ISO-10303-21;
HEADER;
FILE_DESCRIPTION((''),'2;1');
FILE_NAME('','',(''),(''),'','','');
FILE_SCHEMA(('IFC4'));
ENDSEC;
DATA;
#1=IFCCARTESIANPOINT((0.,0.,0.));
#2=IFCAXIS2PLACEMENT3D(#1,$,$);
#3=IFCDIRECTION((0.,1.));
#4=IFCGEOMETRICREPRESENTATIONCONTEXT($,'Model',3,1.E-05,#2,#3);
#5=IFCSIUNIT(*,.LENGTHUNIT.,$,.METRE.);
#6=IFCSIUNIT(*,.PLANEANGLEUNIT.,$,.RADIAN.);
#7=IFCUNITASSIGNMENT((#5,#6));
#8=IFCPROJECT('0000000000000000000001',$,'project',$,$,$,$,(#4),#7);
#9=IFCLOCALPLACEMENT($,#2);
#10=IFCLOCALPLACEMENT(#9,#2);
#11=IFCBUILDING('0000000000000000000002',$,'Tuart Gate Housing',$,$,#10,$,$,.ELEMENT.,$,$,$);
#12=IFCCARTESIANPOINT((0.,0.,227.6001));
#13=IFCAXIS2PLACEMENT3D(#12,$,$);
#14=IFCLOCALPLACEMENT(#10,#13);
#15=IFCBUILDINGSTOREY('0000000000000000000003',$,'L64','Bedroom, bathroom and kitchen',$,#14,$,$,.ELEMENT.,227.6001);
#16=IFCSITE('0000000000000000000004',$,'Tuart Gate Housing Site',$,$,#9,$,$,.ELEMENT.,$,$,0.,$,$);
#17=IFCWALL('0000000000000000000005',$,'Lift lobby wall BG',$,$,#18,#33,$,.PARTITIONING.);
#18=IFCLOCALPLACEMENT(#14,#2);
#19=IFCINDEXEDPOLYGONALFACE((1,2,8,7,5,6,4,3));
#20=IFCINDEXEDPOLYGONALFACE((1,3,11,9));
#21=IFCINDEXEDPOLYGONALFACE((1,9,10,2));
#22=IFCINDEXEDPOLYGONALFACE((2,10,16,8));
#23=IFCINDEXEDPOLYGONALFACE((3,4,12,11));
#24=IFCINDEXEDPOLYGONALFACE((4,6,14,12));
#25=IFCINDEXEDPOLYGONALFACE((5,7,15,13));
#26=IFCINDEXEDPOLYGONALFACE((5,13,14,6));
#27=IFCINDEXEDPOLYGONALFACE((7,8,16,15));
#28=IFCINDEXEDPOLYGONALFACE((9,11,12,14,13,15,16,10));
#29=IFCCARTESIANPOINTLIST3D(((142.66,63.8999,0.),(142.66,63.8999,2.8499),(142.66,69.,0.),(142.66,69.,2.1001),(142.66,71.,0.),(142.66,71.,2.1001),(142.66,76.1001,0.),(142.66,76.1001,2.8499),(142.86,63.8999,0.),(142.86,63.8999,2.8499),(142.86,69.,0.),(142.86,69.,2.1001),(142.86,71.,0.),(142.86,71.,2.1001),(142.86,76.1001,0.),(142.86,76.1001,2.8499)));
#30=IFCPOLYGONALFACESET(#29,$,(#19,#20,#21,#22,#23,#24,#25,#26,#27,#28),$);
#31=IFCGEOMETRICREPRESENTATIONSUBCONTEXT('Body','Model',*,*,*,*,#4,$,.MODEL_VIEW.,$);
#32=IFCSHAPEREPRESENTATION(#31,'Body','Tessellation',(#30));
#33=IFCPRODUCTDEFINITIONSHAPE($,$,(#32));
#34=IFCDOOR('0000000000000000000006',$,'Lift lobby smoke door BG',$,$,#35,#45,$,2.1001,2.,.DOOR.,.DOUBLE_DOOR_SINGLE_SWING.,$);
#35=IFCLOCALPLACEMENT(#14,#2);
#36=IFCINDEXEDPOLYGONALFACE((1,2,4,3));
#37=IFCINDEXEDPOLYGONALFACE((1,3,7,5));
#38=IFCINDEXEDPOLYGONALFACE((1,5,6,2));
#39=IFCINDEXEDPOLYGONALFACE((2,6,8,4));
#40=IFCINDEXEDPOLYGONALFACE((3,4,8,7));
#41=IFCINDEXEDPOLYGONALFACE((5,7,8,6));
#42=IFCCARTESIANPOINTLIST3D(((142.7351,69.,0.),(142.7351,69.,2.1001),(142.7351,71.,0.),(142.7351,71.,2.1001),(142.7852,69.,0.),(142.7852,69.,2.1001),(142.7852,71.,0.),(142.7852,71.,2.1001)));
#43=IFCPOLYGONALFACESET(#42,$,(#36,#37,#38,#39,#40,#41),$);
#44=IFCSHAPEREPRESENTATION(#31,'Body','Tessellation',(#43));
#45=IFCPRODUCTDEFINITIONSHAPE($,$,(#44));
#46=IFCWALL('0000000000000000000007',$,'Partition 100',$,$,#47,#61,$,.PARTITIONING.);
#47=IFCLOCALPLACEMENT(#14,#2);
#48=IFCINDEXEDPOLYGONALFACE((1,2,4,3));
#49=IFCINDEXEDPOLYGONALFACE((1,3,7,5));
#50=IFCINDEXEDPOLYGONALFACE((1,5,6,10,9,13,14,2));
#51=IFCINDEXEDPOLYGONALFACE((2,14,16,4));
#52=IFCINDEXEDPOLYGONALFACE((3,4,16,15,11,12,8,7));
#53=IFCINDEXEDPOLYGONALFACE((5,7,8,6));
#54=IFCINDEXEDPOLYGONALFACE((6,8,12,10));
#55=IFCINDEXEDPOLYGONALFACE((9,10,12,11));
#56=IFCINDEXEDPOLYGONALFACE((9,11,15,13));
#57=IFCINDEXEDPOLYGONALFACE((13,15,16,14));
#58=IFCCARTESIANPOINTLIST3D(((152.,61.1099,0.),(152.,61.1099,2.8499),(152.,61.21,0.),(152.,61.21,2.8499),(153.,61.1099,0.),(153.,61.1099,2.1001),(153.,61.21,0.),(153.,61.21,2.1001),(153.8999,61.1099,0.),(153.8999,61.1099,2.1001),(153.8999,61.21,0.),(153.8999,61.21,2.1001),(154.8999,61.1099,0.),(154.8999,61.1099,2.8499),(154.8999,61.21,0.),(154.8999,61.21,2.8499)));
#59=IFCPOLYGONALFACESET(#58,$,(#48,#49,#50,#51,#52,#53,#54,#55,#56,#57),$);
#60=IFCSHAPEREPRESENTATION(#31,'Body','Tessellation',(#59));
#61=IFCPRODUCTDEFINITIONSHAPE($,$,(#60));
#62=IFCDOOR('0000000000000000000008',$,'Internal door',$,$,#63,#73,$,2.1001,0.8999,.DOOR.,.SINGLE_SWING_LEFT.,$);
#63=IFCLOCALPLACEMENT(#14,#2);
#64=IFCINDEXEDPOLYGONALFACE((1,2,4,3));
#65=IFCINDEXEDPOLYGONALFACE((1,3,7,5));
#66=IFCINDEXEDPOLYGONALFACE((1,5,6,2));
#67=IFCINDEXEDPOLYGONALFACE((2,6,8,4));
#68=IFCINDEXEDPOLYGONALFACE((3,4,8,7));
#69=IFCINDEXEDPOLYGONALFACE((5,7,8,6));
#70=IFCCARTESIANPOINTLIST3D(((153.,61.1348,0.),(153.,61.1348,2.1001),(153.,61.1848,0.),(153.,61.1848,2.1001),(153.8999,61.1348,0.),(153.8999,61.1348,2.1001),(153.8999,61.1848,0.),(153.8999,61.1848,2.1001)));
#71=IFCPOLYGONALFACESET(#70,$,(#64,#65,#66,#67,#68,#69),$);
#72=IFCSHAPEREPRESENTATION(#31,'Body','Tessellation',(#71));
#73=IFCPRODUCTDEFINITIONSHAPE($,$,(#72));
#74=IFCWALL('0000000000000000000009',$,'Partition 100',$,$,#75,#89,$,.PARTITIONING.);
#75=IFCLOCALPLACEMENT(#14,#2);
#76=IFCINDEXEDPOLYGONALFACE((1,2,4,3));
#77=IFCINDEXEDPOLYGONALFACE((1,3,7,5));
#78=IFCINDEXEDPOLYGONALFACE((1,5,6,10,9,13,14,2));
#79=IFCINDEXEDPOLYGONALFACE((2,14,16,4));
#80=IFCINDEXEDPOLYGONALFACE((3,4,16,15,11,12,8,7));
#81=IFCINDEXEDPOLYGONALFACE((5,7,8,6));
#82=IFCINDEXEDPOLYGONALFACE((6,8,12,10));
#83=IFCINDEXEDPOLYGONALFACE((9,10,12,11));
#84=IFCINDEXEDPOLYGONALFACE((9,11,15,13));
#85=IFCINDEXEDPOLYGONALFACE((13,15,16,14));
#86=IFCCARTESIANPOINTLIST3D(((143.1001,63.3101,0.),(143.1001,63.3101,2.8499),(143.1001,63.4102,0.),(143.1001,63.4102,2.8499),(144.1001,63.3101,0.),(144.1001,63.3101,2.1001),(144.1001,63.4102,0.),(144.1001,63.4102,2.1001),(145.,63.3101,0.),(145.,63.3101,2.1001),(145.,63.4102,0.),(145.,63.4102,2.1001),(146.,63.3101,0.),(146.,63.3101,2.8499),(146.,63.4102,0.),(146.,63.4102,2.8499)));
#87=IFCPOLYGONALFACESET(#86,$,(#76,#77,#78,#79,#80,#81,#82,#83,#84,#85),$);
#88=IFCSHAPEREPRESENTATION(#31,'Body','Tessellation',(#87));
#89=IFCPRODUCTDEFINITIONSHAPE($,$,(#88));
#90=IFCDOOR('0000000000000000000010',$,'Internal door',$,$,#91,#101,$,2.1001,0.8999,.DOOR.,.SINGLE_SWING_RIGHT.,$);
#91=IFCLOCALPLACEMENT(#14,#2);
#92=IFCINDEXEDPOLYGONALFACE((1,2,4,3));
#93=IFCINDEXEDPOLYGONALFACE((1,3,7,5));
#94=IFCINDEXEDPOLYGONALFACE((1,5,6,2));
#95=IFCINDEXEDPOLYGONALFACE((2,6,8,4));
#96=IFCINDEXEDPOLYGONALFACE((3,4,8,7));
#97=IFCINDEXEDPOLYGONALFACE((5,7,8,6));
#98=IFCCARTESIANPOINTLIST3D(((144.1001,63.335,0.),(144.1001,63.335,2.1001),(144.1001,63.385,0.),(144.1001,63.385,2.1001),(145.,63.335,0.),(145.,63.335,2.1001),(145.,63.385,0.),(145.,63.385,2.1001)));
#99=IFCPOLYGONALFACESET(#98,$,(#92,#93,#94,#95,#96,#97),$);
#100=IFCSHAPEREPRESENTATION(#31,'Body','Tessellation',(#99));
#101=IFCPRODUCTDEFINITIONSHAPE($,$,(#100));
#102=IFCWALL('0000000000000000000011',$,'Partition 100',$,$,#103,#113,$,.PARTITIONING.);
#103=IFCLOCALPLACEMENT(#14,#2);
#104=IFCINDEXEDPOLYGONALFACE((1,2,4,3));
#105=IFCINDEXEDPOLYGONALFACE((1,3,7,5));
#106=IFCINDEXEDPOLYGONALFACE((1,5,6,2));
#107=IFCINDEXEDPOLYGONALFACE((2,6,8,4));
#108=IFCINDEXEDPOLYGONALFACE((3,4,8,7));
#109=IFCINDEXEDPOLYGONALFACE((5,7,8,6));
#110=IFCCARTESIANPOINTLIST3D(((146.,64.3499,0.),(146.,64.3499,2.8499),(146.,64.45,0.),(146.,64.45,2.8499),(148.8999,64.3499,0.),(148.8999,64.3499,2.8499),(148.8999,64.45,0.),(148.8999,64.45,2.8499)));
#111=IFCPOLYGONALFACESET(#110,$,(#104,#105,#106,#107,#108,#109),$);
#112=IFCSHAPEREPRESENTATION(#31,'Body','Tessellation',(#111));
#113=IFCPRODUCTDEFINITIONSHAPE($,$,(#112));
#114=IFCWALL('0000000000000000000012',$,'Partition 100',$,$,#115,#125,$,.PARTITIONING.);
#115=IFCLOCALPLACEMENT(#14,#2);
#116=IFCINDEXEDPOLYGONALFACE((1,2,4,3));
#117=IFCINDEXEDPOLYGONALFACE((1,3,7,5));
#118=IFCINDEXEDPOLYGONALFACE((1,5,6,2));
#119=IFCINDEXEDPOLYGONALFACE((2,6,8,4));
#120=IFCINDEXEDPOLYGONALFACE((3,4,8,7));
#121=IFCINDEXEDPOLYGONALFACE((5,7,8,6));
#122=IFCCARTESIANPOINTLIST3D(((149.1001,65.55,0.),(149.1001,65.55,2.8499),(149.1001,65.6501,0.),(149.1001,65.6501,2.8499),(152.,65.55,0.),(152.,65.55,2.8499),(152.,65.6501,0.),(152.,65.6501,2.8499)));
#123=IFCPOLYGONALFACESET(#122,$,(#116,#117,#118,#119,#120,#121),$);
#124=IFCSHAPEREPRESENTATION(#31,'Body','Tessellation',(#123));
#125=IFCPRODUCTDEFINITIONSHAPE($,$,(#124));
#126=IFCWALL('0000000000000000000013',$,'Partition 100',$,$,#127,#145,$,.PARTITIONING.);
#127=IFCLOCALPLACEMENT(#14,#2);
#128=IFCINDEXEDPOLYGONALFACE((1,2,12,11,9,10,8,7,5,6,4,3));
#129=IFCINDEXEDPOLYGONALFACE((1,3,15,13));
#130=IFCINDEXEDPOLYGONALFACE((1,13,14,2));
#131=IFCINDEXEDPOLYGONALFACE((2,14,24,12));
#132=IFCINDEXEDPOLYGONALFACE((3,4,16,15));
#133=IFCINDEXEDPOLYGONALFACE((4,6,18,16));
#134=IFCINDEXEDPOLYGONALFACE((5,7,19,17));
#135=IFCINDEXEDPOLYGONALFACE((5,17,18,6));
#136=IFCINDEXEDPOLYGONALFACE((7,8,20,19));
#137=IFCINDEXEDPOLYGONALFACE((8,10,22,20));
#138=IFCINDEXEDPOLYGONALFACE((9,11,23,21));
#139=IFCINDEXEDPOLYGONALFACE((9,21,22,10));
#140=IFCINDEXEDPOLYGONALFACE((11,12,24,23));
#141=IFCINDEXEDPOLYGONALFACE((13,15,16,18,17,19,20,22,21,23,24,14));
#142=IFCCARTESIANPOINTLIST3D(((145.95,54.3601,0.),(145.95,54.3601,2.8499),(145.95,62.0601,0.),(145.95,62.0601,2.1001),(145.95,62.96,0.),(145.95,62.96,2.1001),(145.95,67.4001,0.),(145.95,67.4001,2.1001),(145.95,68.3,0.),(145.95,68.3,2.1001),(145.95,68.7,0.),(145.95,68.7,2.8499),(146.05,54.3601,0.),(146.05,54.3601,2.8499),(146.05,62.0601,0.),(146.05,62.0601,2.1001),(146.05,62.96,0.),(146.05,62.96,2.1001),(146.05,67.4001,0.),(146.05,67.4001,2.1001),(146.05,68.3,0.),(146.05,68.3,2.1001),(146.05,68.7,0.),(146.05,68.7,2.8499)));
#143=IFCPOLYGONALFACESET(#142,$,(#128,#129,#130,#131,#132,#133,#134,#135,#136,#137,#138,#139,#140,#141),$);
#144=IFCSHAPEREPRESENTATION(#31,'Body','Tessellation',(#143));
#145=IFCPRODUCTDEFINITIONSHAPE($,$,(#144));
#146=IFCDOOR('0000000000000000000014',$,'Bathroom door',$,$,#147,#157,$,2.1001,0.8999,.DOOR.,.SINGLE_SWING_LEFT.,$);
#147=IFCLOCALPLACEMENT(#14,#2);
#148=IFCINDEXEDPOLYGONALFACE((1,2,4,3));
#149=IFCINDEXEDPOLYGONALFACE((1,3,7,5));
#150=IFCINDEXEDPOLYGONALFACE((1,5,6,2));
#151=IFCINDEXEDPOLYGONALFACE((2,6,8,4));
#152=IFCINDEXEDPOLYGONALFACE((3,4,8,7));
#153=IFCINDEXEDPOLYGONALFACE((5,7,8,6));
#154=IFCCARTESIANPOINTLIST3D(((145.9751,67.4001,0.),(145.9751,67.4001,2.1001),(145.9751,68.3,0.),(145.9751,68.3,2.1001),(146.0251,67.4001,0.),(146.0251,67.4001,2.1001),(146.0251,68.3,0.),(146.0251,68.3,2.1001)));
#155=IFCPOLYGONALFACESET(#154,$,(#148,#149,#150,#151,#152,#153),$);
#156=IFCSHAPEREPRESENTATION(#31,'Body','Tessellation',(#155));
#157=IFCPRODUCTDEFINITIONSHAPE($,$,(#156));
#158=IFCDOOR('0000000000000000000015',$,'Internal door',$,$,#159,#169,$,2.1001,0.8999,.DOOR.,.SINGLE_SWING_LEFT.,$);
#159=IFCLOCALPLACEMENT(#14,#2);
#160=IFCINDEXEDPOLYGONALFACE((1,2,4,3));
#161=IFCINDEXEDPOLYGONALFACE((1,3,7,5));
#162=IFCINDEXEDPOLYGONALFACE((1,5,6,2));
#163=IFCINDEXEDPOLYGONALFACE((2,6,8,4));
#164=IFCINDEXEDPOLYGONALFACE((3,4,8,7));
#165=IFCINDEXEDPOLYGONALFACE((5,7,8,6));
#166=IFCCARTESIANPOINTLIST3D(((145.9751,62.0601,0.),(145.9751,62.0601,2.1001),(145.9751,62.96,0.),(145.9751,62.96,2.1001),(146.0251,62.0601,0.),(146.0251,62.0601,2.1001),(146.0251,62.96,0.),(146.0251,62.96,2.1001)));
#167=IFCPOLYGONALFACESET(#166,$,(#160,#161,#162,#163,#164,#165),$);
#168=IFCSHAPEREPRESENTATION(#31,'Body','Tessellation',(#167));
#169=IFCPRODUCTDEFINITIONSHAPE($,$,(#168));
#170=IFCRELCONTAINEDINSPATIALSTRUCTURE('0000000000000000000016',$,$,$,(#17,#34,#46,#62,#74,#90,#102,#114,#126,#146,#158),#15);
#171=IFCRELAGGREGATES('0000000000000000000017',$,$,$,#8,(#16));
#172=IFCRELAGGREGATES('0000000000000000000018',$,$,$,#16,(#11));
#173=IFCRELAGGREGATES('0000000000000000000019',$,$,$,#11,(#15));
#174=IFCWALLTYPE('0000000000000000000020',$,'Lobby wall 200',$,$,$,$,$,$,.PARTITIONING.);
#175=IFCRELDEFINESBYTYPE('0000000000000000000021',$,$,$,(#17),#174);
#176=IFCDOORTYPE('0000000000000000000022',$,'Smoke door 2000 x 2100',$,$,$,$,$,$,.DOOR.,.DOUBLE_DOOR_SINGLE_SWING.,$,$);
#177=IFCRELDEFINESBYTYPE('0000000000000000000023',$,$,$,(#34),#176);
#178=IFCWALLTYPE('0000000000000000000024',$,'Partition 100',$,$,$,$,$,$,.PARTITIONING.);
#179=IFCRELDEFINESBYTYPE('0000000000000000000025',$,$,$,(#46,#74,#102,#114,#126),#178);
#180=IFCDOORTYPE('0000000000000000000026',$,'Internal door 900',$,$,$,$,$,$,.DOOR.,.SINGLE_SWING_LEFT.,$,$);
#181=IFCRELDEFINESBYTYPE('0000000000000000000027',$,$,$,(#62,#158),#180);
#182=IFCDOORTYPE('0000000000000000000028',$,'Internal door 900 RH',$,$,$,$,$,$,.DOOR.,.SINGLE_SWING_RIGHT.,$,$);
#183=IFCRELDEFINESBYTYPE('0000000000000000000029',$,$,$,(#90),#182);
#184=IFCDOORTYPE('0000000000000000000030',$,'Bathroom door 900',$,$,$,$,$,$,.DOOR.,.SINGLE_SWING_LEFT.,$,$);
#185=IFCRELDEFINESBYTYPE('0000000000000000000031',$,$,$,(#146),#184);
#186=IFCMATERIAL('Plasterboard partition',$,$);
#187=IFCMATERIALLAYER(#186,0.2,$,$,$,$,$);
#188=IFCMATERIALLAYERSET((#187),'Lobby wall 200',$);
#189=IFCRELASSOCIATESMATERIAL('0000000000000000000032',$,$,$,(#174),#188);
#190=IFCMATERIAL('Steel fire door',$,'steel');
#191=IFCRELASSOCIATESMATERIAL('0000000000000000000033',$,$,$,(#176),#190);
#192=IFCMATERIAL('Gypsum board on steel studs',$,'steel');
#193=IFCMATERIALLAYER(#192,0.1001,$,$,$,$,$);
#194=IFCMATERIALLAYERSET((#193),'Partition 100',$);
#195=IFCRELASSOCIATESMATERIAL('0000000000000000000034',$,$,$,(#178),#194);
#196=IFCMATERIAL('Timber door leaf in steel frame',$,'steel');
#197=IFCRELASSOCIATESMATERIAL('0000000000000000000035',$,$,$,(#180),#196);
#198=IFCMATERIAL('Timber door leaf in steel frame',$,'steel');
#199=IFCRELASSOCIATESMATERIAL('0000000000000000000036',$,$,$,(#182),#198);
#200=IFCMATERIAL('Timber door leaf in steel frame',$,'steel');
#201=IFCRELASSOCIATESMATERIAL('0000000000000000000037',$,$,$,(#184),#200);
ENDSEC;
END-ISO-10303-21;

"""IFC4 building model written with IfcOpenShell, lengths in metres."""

from ifc_helpers import new_model, si_unit, direction, frame, frame_2d, origin, place, context, subcontext, project, spatial, rectangle, extrude, material, layer, layer_set, type_object, element, fill, save


model = new_model("IFC4")

# Units and contexts
model_context = context("Model", 3, precision=1e-05, world=origin(), true_north=direction((0.0, 1.0)))
body_context = subcontext(model_context, "Body", "Model", "MODEL_VIEW")
ifc_project = project(units=[si_unit("LENGTHUNIT", "METRE"), si_unit("PLANEANGLEUNIT", "RADIAN")], contexts=[model_context])

# Site, building, storey
site_placement = place(None, origin())
site = spatial("IfcSite", under=ifc_project, at=site_placement, Name="Tuart Gate Housing Site", CompositionType="ELEMENT", RefElevation=0.0)
building_placement = place(site_placement, origin())
building = spatial("IfcBuilding", under=site, at=building_placement, Name="Tuart Gate Housing", CompositionType="ELEMENT")
storey_placement = place(building_placement, frame((0.0, 0.0, 227.6001)))
storey = spatial("IfcBuildingStorey", under=building, at=storey_placement, Name="L64", Description="Bedroom, bathroom and kitchen", CompositionType="ELEMENT", Elevation=227.6001)

# Walls, openings, doors
ifc_material_1 = material(Name="Plasterboard partition")
ifc_layer_1 = layer(ifc_material_1, 0.2)
ifc_layer_set_1 = layer_set([ifc_layer_1], Name="Lobby wall 200")
wall_type_1 = type_object("IfcWallType", Name="Lobby wall 200", PredefinedType="PARTITIONING", material=ifc_layer_set_1)
wall_1_placement = place(storey_placement, frame((142.76, 63.8999, 0.0), z_axis=(0.0, 0.0, 1.0), x_axis=(0.0, 1.0, 0.0)))
wall_1 = element("IfcWall", 1, at=wall_1_placement, inside=storey, type_object=wall_type_1, Name="Lift lobby wall BG", PredefinedType="PARTITIONING", context=body_context, shape_type="SweptSolid", body=[
    extrude(rectangle(XDim=12.2002, YDim=0.2, at=frame_2d((6.1001, 0.0))), origin(), (0.0, 0.0, 1.0), 2.8499),
])
opening_1_placement = place(wall_1_placement, frame((5.1001, 0.0, 0.0)))
opening_1 = element("IfcOpeningElement", 2, at=opening_1_placement, cuts=wall_1, PredefinedType="OPENING", context=body_context, shape_type="SweptSolid", body=[
    extrude(rectangle(XDim=2.0, YDim=2.1001, at=frame_2d((1.0, 1.05))), frame((0.0, 0.1099, 0.0), z_axis=(0.0, -1.0, 0.0), x_axis=(1.0, 0.0, 0.0)), (0.0, 0.0, 1.0), 0.22),
])
ifc_material_2 = material(Name="Steel fire door", Category="steel")
door_type_1 = type_object("IfcDoorType", Name="Smoke door 2000 x 2100", OperationType="DOUBLE_DOOR_SINGLE_SWING", PredefinedType="DOOR", material=ifc_material_2)
door_1_placement = place(opening_1_placement, origin())
door_1 = element("IfcDoor", 3, at=door_1_placement, inside=storey, type_object=door_type_1, Name="Lift lobby smoke door BG", OperationType="DOUBLE_DOOR_SINGLE_SWING", OverallHeight=2.1001, OverallWidth=2.0, PredefinedType="DOOR", context=body_context, shape_type="SweptSolid", body=[
    extrude(rectangle(XDim=2.0, YDim=2.1001, at=frame_2d((1.0, 1.05))), frame((0.0, 0.0249, 0.0), z_axis=(0.0, -1.0, 0.0), x_axis=(1.0, 0.0, 0.0)), (0.0, 0.0, 1.0), 0.05),
])
fill(opening_1, door_1)
ifc_material_3 = material(Name="Gypsum board on steel studs", Category="steel")
ifc_layer_2 = layer(ifc_material_3, 0.1001)
ifc_layer_set_2 = layer_set([ifc_layer_2], Name="Partition 100")
wall_type_2 = type_object("IfcWallType", Name="Partition 100", PredefinedType="PARTITIONING", material=ifc_layer_set_2)
wall_2_placement = place(storey_placement, frame((152.0, 61.1599, 0.0), z_axis=(0.0, 0.0, 1.0), x_axis=(1.0, 0.0, 0.0)))
wall_2 = element("IfcWall", 4, at=wall_2_placement, inside=storey, type_object=wall_type_2, Name="Partition 100", PredefinedType="PARTITIONING", context=body_context, shape_type="SweptSolid", body=[
    extrude(rectangle(XDim=2.8999, YDim=0.1001, at=frame_2d((1.45, 0.0))), origin(), (0.0, 0.0, 1.0), 2.8499),
])
opening_2_placement = place(wall_2_placement, frame((1.0, 0.0, 0.0)))
opening_2 = element("IfcOpeningElement", 5, at=opening_2_placement, cuts=wall_2, PredefinedType="OPENING", context=body_context, shape_type="SweptSolid", body=[
    extrude(rectangle(XDim=0.8999, YDim=2.1001, at=frame_2d((0.45, 1.05))), frame((0.0, 0.0601, 0.0), z_axis=(0.0, -1.0, 0.0), x_axis=(1.0, 0.0, 0.0)), (0.0, 0.0, 1.0), 0.1201),
])
ifc_material_4 = material(Name="Timber door leaf in steel frame", Category="steel")
door_type_2 = type_object("IfcDoorType", Name="Internal door 900", OperationType="SINGLE_SWING_LEFT", PredefinedType="DOOR", material=ifc_material_4)
door_2_placement = place(opening_2_placement, origin())
door_2 = element("IfcDoor", 6, at=door_2_placement, inside=storey, type_object=door_type_2, Name="Internal door", OperationType="SINGLE_SWING_LEFT", OverallHeight=2.1001, OverallWidth=0.8999, PredefinedType="DOOR", context=body_context, shape_type="SweptSolid", body=[
    extrude(rectangle(XDim=0.8999, YDim=2.1001, at=frame_2d((0.45, 1.05))), frame((0.0, 0.0249, 0.0), z_axis=(0.0, -1.0, 0.0), x_axis=(1.0, 0.0, 0.0)), (0.0, 0.0, 1.0), 0.05),
])
fill(opening_2, door_2)
wall_3_placement = place(storey_placement, frame((143.1001, 63.3601, 0.0), z_axis=(0.0, 0.0, 1.0), x_axis=(1.0, 0.0, 0.0)))
wall_3 = element("IfcWall", 7, at=wall_3_placement, inside=storey, type_object=wall_type_2, Name="Partition 100", PredefinedType="PARTITIONING", context=body_context, shape_type="SweptSolid", body=[
    extrude(rectangle(XDim=2.8999, YDim=0.1001, at=frame_2d((1.45, 0.0))), origin(), (0.0, 0.0, 1.0), 2.8499),
])
opening_3_placement = place(wall_3_placement, frame((1.0, 0.0, 0.0)))
opening_3 = element("IfcOpeningElement", 8, at=opening_3_placement, cuts=wall_3, PredefinedType="OPENING", context=body_context, shape_type="SweptSolid", body=[
    extrude(rectangle(XDim=0.8999, YDim=2.1001, at=frame_2d((0.45, 1.05))), frame((0.0, 0.0601, 0.0), z_axis=(0.0, -1.0, 0.0), x_axis=(1.0, 0.0, 0.0)), (0.0, 0.0, 1.0), 0.1201),
])
ifc_material_5 = material(Name="Timber door leaf in steel frame", Category="steel")
door_type_3 = type_object("IfcDoorType", Name="Internal door 900 RH", OperationType="SINGLE_SWING_RIGHT", PredefinedType="DOOR", material=ifc_material_5)
door_3_placement = place(opening_3_placement, origin())
door_3 = element("IfcDoor", 9, at=door_3_placement, inside=storey, type_object=door_type_3, Name="Internal door", OperationType="SINGLE_SWING_RIGHT", OverallHeight=2.1001, OverallWidth=0.8999, PredefinedType="DOOR", context=body_context, shape_type="SweptSolid", body=[
    extrude(rectangle(XDim=0.8999, YDim=2.1001, at=frame_2d((0.45, 1.05))), frame((0.0, 0.0249, 0.0), z_axis=(0.0, -1.0, 0.0), x_axis=(1.0, 0.0, 0.0)), (0.0, 0.0, 1.0), 0.05),
])
fill(opening_3, door_3)

# Walls
for number, where, z_axis, x_axis, name in (
    (10, (146.0, 64.3999, 0.0), (0.0, 0.0, 1.0), (1.0, 0.0, 0.0), "Partition 100"),
    (11, (149.1001, 65.6001, 0.0), (0.0, 0.0, 1.0), (1.0, 0.0, 0.0), "Partition 100"),
):
    element("IfcWall", number, at=place(storey_placement, frame(where, z_axis=z_axis, x_axis=x_axis)), inside=storey, type_object=wall_type_2, Name=name, PredefinedType="PARTITIONING", context=body_context, shape_type="SweptSolid", body=[
        extrude(rectangle(XDim=2.8999, YDim=0.1001, at=frame_2d((1.45, 0.0))), origin(), (0.0, 0.0, 1.0), 2.8499),
    ])

# Wall, openings, doors
wall_4_placement = place(storey_placement, frame((146.0, 54.3601, 0.0), z_axis=(0.0, 0.0, 1.0), x_axis=(0.0, 1.0, 0.0)))
wall_4 = element("IfcWall", 12, at=wall_4_placement, inside=storey, type_object=wall_type_2, Name="Partition 100", PredefinedType="PARTITIONING", context=body_context, shape_type="SweptSolid", body=[
    extrude(rectangle(XDim=14.3398, YDim=0.1001, at=frame_2d((7.1699, 0.0))), origin(), (0.0, 0.0, 1.0), 2.8499),
])
opening_4_placement = place(wall_4_placement, frame((7.7, 0.0, 0.0)))
opening_4 = element("IfcOpeningElement", 13, at=opening_4_placement, cuts=wall_4, PredefinedType="OPENING", context=body_context, shape_type="SweptSolid", body=[
    extrude(rectangle(XDim=0.8999, YDim=2.1001, at=frame_2d((0.45, 1.05))), frame((0.0, 0.0601, 0.0), z_axis=(0.0, -1.0, 0.0), x_axis=(1.0, 0.0, 0.0)), (0.0, 0.0, 1.0), 0.1201),
])
opening_5_placement = place(wall_4_placement, frame((13.04, 0.0, 0.0)))
opening_5 = element("IfcOpeningElement", 14, at=opening_5_placement, cuts=wall_4, PredefinedType="OPENING", context=body_context, shape_type="SweptSolid", body=[
    extrude(rectangle(XDim=0.8999, YDim=2.1001, at=frame_2d((0.45, 1.05))), frame((0.0, 0.0601, 0.0), z_axis=(0.0, -1.0, 0.0), x_axis=(1.0, 0.0, 0.0)), (0.0, 0.0, 1.0), 0.1201),
])
ifc_material_6 = material(Name="Timber door leaf in steel frame", Category="steel")
door_type_4 = type_object("IfcDoorType", Name="Bathroom door 900", OperationType="SINGLE_SWING_LEFT", PredefinedType="DOOR", material=ifc_material_6)
door_4_placement = place(opening_5_placement, frame((0.8999, 0.0, 0.0), z_axis=(0.0, 0.0, 1.0), x_axis=(-1.0, 0.0, 0.0)))
door_4 = element("IfcDoor", 15, at=door_4_placement, inside=storey, type_object=door_type_4, Name="Bathroom door", OperationType="SINGLE_SWING_LEFT", OverallHeight=2.1001, OverallWidth=0.8999, PredefinedType="DOOR", context=body_context, shape_type="SweptSolid", body=[
    extrude(rectangle(XDim=0.8999, YDim=2.1001, at=frame_2d((0.45, 1.05))), frame((0.0, 0.0251, 0.0), z_axis=(0.0, -1.0, 0.0), x_axis=(1.0, 0.0, 0.0)), (0.0, 0.0, 1.0), 0.05),
])
fill(opening_5, door_4)
door_5_placement = place(opening_4_placement, frame((0.8999, 0.0, 0.0), z_axis=(0.0, 0.0, 1.0), x_axis=(-1.0, 0.0, 0.0)))
door_5 = element("IfcDoor", 16, at=door_5_placement, inside=storey, type_object=door_type_2, Name="Internal door", OperationType="SINGLE_SWING_LEFT", OverallHeight=2.1001, OverallWidth=0.8999, PredefinedType="DOOR", context=body_context, shape_type="SweptSolid", body=[
    extrude(rectangle(XDim=0.8999, YDim=2.1001, at=frame_2d((0.45, 1.05))), frame((0.0, 0.0251, 0.0), z_axis=(0.0, -1.0, 0.0), x_axis=(1.0, 0.0, 0.0)), (0.0, 0.0, 1.0), 0.05),
])
fill(opening_4, door_5)

save(model, "model.ifc")
